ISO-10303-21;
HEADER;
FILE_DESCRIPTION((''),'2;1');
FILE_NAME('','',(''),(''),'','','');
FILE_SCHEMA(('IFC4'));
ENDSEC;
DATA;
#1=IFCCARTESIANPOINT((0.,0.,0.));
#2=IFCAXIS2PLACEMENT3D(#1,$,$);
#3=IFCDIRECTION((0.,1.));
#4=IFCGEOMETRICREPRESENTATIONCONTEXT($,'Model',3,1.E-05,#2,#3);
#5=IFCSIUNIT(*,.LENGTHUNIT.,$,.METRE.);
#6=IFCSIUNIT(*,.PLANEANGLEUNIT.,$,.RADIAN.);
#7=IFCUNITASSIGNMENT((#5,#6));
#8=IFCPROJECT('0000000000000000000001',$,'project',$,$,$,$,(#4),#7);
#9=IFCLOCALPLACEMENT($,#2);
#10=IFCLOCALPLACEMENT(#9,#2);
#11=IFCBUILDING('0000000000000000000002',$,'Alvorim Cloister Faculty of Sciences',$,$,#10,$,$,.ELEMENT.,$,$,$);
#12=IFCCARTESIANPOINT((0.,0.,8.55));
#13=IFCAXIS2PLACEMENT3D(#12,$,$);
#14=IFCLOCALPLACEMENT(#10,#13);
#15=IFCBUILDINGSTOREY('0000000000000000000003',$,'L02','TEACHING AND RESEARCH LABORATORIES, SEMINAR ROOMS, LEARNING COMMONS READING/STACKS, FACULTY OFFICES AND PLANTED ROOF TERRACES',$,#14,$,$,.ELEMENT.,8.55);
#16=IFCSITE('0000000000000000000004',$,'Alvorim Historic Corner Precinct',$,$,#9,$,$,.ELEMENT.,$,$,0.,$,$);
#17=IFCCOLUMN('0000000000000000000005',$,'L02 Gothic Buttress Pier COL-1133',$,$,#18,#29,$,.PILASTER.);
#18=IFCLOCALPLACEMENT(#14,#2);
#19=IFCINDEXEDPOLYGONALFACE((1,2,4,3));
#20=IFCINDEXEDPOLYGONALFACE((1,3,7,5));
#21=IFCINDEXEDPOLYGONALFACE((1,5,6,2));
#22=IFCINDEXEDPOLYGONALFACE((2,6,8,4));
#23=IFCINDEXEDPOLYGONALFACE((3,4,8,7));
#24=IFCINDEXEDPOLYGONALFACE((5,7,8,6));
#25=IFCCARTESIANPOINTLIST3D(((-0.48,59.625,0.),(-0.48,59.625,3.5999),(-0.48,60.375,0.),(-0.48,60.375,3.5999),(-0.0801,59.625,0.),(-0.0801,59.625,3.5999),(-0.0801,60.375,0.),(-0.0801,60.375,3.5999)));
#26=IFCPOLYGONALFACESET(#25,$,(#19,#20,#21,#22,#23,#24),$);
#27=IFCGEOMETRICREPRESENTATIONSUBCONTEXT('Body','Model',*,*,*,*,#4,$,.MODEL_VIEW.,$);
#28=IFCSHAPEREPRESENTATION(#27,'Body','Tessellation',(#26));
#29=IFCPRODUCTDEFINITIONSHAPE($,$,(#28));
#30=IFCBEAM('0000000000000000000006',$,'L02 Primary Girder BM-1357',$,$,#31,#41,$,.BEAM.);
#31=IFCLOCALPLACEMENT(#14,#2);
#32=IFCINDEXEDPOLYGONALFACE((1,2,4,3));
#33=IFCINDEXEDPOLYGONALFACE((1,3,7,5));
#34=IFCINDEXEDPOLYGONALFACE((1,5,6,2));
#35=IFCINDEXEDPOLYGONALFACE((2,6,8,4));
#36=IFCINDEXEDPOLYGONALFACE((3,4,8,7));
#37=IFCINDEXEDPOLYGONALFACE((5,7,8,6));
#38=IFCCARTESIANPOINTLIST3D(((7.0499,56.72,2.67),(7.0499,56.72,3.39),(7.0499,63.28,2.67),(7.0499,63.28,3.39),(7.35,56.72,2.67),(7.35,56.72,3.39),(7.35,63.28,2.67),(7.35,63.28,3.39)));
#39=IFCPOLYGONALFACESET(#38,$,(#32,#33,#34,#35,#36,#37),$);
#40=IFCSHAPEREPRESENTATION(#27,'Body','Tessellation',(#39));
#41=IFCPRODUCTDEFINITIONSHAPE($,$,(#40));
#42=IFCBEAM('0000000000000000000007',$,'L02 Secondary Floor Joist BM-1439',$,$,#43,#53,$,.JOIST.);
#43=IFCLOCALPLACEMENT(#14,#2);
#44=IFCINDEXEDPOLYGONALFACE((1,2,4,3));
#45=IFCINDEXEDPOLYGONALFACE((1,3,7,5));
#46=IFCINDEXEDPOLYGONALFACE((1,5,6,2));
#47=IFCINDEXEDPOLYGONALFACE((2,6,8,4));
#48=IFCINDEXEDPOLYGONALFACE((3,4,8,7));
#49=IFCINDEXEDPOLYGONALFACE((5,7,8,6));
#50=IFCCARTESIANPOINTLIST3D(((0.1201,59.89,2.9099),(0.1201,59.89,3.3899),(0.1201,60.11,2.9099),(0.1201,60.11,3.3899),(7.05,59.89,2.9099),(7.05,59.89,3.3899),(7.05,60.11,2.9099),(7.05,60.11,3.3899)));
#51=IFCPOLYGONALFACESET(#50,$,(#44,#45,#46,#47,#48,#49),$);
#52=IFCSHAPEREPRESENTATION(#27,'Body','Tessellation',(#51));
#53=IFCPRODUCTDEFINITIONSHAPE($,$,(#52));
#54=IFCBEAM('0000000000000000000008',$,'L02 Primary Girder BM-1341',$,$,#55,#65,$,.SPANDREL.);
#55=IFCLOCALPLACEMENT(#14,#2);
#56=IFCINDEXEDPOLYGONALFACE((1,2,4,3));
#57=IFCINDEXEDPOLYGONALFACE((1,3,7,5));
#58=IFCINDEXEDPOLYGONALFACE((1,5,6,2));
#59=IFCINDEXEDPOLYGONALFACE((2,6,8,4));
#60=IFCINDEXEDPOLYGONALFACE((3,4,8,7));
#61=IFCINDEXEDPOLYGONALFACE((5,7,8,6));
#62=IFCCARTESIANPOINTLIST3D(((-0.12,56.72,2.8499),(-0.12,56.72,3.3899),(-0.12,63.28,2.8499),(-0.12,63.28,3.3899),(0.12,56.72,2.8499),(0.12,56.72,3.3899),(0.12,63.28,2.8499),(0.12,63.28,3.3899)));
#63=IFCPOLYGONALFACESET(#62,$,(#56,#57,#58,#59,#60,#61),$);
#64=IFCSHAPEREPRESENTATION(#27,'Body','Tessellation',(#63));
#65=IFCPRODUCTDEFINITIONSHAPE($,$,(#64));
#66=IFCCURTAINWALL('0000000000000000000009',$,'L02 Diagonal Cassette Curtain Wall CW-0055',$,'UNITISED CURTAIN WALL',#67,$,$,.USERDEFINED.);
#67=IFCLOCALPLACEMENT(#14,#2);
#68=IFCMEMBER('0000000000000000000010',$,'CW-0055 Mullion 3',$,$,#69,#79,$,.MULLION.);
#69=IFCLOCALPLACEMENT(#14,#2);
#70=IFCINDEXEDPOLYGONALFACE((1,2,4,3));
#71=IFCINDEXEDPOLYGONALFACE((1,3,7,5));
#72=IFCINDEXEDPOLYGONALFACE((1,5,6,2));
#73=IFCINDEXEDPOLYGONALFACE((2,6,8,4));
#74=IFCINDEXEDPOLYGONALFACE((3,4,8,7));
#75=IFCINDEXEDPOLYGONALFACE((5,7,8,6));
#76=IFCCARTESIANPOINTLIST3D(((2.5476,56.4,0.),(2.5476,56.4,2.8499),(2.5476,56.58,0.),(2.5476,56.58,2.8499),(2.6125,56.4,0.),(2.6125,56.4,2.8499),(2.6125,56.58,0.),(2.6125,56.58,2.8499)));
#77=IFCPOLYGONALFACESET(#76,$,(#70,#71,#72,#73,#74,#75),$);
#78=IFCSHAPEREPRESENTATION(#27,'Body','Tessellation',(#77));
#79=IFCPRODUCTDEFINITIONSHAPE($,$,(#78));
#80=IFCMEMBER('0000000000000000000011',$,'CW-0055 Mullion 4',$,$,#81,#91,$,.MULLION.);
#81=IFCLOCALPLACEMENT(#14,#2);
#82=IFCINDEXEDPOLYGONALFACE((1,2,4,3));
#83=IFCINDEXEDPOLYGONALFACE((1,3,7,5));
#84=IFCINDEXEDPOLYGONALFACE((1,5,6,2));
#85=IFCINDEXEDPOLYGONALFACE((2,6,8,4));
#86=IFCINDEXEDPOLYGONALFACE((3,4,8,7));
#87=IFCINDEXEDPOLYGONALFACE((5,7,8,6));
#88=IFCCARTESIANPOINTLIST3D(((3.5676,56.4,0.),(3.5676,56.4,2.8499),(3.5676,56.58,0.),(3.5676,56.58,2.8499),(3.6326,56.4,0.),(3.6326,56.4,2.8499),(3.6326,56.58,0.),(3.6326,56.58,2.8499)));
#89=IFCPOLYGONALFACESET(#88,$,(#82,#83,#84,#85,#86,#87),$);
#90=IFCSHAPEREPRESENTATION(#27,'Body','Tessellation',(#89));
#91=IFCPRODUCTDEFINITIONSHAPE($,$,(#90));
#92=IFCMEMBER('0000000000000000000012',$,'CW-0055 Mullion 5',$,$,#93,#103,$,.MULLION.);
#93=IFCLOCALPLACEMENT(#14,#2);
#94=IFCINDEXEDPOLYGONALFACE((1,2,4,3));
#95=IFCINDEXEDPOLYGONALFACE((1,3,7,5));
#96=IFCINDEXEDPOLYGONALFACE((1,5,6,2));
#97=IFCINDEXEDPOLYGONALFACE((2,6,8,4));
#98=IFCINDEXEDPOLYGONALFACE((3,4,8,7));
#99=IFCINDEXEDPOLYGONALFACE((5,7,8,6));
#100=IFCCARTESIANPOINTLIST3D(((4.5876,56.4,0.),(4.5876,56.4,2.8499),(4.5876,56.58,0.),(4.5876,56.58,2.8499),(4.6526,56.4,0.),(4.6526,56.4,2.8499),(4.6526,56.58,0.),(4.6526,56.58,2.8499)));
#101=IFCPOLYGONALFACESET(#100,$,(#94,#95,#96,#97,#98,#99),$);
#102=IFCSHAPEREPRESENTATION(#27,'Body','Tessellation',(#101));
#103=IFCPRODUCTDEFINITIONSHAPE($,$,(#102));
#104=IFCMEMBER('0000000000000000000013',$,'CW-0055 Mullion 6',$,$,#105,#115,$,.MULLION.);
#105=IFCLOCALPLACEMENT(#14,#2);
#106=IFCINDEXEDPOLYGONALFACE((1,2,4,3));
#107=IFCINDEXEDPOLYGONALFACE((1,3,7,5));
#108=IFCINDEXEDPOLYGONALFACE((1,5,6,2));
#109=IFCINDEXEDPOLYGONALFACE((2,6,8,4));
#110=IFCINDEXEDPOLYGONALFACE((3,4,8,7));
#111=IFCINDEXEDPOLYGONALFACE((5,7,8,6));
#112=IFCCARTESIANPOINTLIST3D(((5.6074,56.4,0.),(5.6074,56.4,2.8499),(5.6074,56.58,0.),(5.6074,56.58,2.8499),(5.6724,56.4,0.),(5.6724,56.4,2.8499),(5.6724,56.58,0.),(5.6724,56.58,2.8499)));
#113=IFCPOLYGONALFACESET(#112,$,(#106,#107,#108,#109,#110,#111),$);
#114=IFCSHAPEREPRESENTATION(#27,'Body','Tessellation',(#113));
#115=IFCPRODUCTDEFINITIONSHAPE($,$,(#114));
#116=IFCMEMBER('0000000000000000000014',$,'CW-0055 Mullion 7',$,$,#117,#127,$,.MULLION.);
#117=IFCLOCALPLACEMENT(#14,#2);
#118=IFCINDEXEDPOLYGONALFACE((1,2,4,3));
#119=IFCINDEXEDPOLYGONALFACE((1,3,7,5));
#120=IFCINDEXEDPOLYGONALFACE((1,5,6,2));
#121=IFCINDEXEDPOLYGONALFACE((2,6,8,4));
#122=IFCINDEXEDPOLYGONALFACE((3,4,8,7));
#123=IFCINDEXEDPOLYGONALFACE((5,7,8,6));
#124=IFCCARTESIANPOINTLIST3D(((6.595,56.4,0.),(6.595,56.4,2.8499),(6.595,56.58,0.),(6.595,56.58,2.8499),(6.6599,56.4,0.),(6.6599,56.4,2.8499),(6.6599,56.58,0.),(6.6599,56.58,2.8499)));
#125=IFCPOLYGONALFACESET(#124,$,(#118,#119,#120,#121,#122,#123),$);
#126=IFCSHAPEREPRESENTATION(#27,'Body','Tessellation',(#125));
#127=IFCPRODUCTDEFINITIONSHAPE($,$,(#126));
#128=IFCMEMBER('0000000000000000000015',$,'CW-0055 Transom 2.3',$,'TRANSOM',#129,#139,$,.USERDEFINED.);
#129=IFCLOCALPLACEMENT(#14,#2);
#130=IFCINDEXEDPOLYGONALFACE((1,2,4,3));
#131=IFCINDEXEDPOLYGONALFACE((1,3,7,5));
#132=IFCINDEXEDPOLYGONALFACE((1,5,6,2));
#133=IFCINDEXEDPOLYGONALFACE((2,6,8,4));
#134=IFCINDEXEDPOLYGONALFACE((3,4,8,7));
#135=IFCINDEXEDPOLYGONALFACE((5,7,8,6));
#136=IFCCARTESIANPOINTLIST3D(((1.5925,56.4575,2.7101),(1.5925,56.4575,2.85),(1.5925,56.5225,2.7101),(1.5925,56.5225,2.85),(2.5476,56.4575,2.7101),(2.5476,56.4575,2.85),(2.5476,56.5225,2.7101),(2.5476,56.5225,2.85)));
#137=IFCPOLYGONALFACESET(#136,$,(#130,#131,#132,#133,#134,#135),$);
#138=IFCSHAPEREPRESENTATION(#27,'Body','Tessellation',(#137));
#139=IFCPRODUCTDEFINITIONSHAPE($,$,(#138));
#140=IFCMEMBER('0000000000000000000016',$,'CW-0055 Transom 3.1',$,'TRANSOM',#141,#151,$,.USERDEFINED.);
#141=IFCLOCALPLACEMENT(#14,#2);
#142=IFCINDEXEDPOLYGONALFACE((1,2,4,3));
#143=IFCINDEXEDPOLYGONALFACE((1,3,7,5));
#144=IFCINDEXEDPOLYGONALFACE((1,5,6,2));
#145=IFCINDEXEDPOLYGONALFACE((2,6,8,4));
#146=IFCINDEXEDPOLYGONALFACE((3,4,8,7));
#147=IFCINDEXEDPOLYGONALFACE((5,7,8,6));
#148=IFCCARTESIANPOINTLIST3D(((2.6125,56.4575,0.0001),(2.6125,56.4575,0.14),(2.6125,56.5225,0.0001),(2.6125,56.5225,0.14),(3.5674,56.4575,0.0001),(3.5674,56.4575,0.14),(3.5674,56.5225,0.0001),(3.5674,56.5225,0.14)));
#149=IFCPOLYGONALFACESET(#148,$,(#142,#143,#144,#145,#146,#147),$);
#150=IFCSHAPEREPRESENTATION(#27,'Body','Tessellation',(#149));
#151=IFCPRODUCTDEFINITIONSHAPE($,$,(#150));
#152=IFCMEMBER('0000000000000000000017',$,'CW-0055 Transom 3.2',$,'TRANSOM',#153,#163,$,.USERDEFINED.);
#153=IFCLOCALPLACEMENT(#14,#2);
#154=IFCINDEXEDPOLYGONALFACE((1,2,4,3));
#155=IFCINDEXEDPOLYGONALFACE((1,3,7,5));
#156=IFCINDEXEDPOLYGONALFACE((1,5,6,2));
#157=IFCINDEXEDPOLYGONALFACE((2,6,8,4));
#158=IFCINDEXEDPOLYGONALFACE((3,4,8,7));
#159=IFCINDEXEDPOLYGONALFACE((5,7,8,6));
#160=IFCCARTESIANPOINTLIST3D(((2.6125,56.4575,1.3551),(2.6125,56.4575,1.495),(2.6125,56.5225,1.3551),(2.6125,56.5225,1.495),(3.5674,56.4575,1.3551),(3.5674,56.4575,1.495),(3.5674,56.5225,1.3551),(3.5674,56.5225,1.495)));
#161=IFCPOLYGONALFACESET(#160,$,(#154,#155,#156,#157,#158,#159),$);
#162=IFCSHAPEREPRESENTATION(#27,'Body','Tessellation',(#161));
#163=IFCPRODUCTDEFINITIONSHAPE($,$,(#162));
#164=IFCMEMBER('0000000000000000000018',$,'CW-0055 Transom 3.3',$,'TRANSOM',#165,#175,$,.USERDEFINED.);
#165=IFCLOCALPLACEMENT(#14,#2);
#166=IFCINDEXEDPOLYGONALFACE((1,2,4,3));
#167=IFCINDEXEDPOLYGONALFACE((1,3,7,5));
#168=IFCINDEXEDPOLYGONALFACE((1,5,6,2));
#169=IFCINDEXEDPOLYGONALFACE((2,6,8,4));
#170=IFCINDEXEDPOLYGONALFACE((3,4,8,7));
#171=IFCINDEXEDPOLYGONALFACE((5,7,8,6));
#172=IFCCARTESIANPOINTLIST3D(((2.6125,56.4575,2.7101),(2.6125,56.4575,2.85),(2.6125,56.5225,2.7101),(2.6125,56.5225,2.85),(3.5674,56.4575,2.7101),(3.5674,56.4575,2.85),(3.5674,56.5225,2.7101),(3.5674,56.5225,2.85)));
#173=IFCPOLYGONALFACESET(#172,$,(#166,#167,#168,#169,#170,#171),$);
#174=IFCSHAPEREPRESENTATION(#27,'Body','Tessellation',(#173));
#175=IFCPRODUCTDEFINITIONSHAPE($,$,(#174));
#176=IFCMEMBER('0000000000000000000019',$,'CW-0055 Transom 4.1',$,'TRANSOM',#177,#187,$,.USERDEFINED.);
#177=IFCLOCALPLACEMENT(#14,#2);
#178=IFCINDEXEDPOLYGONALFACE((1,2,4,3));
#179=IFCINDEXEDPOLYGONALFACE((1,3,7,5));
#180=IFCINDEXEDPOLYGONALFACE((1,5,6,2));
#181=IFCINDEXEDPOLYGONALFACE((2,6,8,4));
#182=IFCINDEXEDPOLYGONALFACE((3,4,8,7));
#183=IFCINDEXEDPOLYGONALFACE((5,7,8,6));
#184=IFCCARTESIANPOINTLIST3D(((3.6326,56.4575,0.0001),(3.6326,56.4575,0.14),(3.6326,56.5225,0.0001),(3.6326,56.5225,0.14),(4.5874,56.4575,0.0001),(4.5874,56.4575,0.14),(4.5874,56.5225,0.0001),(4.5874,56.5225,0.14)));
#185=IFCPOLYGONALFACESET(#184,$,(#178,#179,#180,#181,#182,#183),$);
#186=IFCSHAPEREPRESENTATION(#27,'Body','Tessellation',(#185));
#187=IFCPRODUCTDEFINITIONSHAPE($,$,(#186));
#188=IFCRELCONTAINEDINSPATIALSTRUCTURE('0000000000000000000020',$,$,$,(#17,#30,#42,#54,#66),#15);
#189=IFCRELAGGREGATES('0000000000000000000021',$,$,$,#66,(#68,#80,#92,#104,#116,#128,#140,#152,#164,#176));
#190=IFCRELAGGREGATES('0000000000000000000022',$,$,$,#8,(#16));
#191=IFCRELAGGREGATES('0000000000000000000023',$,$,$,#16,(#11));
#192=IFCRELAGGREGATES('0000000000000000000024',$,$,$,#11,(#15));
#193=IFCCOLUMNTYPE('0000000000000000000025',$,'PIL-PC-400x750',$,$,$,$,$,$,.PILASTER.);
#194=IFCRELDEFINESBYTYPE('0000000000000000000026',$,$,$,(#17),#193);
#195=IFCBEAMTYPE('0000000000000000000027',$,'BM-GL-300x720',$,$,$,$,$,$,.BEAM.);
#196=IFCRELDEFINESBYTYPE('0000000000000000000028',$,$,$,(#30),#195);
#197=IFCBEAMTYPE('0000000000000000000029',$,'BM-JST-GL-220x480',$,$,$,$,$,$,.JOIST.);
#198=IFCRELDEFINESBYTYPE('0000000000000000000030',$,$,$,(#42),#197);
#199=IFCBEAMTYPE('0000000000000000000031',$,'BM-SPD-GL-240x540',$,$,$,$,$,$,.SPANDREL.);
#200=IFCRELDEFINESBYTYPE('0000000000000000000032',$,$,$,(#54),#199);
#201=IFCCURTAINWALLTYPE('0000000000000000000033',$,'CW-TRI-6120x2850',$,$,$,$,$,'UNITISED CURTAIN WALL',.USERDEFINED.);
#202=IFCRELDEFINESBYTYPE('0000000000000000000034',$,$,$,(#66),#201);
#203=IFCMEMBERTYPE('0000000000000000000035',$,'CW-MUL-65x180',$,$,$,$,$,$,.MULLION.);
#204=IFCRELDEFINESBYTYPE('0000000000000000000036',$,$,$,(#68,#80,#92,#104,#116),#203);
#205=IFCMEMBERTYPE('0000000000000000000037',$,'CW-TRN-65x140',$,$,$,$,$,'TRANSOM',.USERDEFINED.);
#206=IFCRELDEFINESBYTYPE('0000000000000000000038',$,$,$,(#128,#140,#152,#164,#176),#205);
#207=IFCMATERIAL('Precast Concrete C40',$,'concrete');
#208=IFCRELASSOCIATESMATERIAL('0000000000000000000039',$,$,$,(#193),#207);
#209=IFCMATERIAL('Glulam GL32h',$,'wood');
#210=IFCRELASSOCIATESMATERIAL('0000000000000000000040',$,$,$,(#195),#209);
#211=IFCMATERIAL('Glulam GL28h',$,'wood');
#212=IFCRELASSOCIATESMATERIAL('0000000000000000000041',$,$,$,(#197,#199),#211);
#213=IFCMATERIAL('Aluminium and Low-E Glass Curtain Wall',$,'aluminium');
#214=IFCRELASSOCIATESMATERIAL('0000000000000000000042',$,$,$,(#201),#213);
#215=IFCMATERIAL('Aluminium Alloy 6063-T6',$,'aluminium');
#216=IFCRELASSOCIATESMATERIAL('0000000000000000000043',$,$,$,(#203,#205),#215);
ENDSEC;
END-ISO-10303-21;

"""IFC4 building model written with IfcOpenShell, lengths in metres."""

from ifc_helpers import new_model, si_unit, direction, frame, origin, origin_2d, place, context, subcontext, project, spatial, rectangle, extrude, material, material_profile, profile_set, type_object, element, aggregate, save


model = new_model("IFC4")

# Units and contexts
model_context = context("Model", 3, precision=1e-05, world=origin(), true_north=direction((0.0, 1.0)))
body_context = subcontext(model_context, "Body", "Model", "MODEL_VIEW")
ifc_project = project(units=[si_unit("LENGTHUNIT", "METRE"), si_unit("PLANEANGLEUNIT", "RADIAN")], contexts=[model_context])

# Site, building, storey
site_placement = place(None, origin())
site = spatial("IfcSite", under=ifc_project, at=site_placement, Name="Alvorim Historic Corner Precinct", CompositionType="ELEMENT", RefElevation=0.0)
building_placement = place(site_placement, origin())
building = spatial("IfcBuilding", under=site, at=building_placement, Name="Alvorim Cloister Faculty of Sciences", CompositionType="ELEMENT")
storey_placement = place(building_placement, frame((0.0, 0.0, 8.55)))
storey = spatial("IfcBuildingStorey", under=building, at=storey_placement, Name="L02", Description="TEACHING AND RESEARCH LABORATORIES, SEMINAR ROOMS, LEARNING COMMONS READING/STACKS, FACULTY OFFICES AND PLANTED ROOF TERRACES", CompositionType="ELEMENT", Elevation=8.55)

# Column
ifc_material_1 = material(Name="Precast Concrete C40", Category="concrete")
ifc_material_profile_1 = material_profile(ifc_material_1, rectangle(XDim=0.3999, YDim=0.75, at=origin_2d()), Name="RC40-PIL-400x750")
ifc_profile_set_1 = profile_set([ifc_material_profile_1], Name="Precast Concrete C40")
column_type = type_object("IfcColumnType", Name="PIL-PC-400x750", PredefinedType="PILASTER", material=ifc_profile_set_1)
column_placement = place(storey_placement, frame((-0.28, 60.0, 0.0), z_axis=(0.0, 0.0, 1.0), x_axis=(1.0, 0.0, 0.0)))
element("IfcColumn", 1, at=column_placement, inside=storey, type_object=column_type, Name="L02 Gothic Buttress Pier COL-1133", PredefinedType="PILASTER", context=body_context, shape_type="SweptSolid", body=[
    extrude(rectangle(XDim=0.3999, YDim=0.75, at=origin_2d()), origin(), (0.0, 0.0, 1.0), 3.5999),
])

# Beams
ifc_material_2 = material(Name="Glulam GL32h", Category="wood")
ifc_material_profile_2 = material_profile(ifc_material_2, rectangle(XDim=0.3, YDim=0.72, at=origin_2d()), Name="GL32-BM-300x720")
ifc_profile_set_2 = profile_set([ifc_material_profile_2], Name="Glulam GL32h")
beam_type_1 = type_object("IfcBeamType", Name="BM-GL-300x720", PredefinedType="BEAM", material=ifc_profile_set_2)
beam_1_placement = place(storey_placement, frame((7.2, 56.72, 3.03), z_axis=(0.0, 1.0, 0.0), x_axis=(-1.0, 0.0, 0.0)))
element("IfcBeam", 2, at=beam_1_placement, inside=storey, type_object=beam_type_1, Name="L02 Primary Girder BM-1357", PredefinedType="BEAM", context=body_context, shape_type="SweptSolid", body=[
    extrude(rectangle(XDim=0.3, YDim=0.72, at=origin_2d()), origin(), (0.0, 0.0, 1.0), 6.5601),
])
ifc_material_3 = material(Name="Glulam GL28h", Category="wood")
ifc_material_profile_3 = material_profile(ifc_material_3, rectangle(XDim=0.22, YDim=0.48, at=origin_2d()), Name="GL28-JST-220x480")
ifc_profile_set_3 = profile_set([ifc_material_profile_3], Name="Glulam GL28h")
beam_type_2 = type_object("IfcBeamType", Name="BM-JST-GL-220x480", PredefinedType="JOIST", material=ifc_profile_set_3)
beam_2_placement = place(storey_placement, frame((0.1201, 60.0, 3.1499), z_axis=(1.0, 0.0, 0.0), x_axis=(0.0, 1.0, 0.0)))
element("IfcBeam", 3, at=beam_2_placement, inside=storey, type_object=beam_type_2, Name="L02 Secondary Floor Joist BM-1439", PredefinedType="JOIST", context=body_context, shape_type="SweptSolid", body=[
    extrude(rectangle(XDim=0.22, YDim=0.48, at=origin_2d()), origin(), (0.0, 0.0, 1.0), 6.9299),
])
ifc_material_profile_4 = material_profile(ifc_material_3, rectangle(XDim=0.24, YDim=0.54, at=origin_2d()), Name="GL28-SPD-240x540")
ifc_profile_set_4 = profile_set([ifc_material_profile_4], Name="Glulam GL28h")
beam_type_3 = type_object("IfcBeamType", Name="BM-SPD-GL-240x540", PredefinedType="SPANDREL", material=ifc_profile_set_4)
beam_3_placement = place(storey_placement, frame((0.0, 56.72, 3.1199), z_axis=(0.0, 1.0, 0.0), x_axis=(-1.0, 0.0, 0.0)))
element("IfcBeam", 4, at=beam_3_placement, inside=storey, type_object=beam_type_3, Name="L02 Primary Girder BM-1341", PredefinedType="SPANDREL", context=body_context, shape_type="SweptSolid", body=[
    extrude(rectangle(XDim=0.24, YDim=0.54, at=origin_2d()), origin(), (0.0, 0.0, 1.0), 6.5601),
])

# Curtain wall, members
ifc_material_4 = material(Name="Aluminium and Low-E Glass Curtain Wall", Category="aluminium")
curtain_wall_type = type_object("IfcCurtainWallType", Name="CW-TRI-6120x2850", ElementType="UNITISED CURTAIN WALL", PredefinedType="USERDEFINED", material=ifc_material_4)
curtain_wall_placement = place(storey_placement, origin())
curtain_wall = element("IfcCurtainWall", 5, at=curtain_wall_placement, inside=storey, type_object=curtain_wall_type, Name="L02 Diagonal Cassette Curtain Wall CW-0055", ObjectType="UNITISED CURTAIN WALL", PredefinedType="USERDEFINED")
ifc_material_5 = material(Name="Aluminium Alloy 6063-T6", Category="aluminium")
ifc_material_profile_5 = material_profile(ifc_material_5, rectangle(XDim=0.0649, YDim=0.1799, at=origin_2d()), Name="ALU-MUL-65x180")
ifc_profile_set_5 = profile_set([ifc_material_profile_5], Name="Aluminium Alloy 6063-T6")
member_type_1 = type_object("IfcMemberType", Name="CW-MUL-65x180", PredefinedType="MULLION", material=ifc_profile_set_5)
member_1_placement = place(storey_placement, frame((2.5801, 56.49, 0.0), z_axis=(0.0, 0.0, 1.0), x_axis=(1.0, 0.0, 0.0)))
member_1 = element("IfcMember", 6, at=member_1_placement, type_object=member_type_1, Name="CW-0055 Mullion 3", PredefinedType="MULLION", context=body_context, shape_type="SweptSolid", body=[
    extrude(rectangle(XDim=0.0649, YDim=0.1799, at=origin_2d()), origin(), (0.0, 0.0, 1.0), 2.8499),
])
member_2_placement = place(storey_placement, frame((3.6001, 56.49, 0.0), z_axis=(0.0, 0.0, 1.0), x_axis=(1.0, 0.0, 0.0)))
member_2 = element("IfcMember", 7, at=member_2_placement, type_object=member_type_1, Name="CW-0055 Mullion 4", PredefinedType="MULLION", context=body_context, shape_type="SweptSolid", body=[
    extrude(rectangle(XDim=0.0649, YDim=0.1799, at=origin_2d()), origin(), (0.0, 0.0, 1.0), 2.8499),
])
member_3_placement = place(storey_placement, frame((4.6201, 56.49, 0.0), z_axis=(0.0, 0.0, 1.0), x_axis=(1.0, 0.0, 0.0)))
member_3 = element("IfcMember", 8, at=member_3_placement, type_object=member_type_1, Name="CW-0055 Mullion 5", PredefinedType="MULLION", context=body_context, shape_type="SweptSolid", body=[
    extrude(rectangle(XDim=0.0649, YDim=0.1799, at=origin_2d()), origin(), (0.0, 0.0, 1.0), 2.8499),
])
member_4_placement = place(storey_placement, frame((5.6399, 56.49, 0.0), z_axis=(0.0, 0.0, 1.0), x_axis=(1.0, 0.0, 0.0)))
member_4 = element("IfcMember", 9, at=member_4_placement, type_object=member_type_1, Name="CW-0055 Mullion 6", PredefinedType="MULLION", context=body_context, shape_type="SweptSolid", body=[
    extrude(rectangle(XDim=0.0649, YDim=0.1799, at=origin_2d()), origin(), (0.0, 0.0, 1.0), 2.8499),
])
member_5_placement = place(storey_placement, frame((6.6274, 56.49, 0.0), z_axis=(0.0, 0.0, 1.0), x_axis=(1.0, 0.0, 0.0)))
member_5 = element("IfcMember", 10, at=member_5_placement, type_object=member_type_1, Name="CW-0055 Mullion 7", PredefinedType="MULLION", context=body_context, shape_type="SweptSolid", body=[
    extrude(rectangle(XDim=0.0649, YDim=0.1799, at=origin_2d()), origin(), (0.0, 0.0, 1.0), 2.8499),
])
ifc_material_profile_6 = material_profile(ifc_material_5, rectangle(XDim=0.0649, YDim=0.1399, at=origin_2d()), Name="ALU-TRN-65x140")
ifc_profile_set_6 = profile_set([ifc_material_profile_6], Name="Aluminium Alloy 6063-T6")
member_type_2 = type_object("IfcMemberType", Name="CW-TRN-65x140", ElementType="TRANSOM", PredefinedType="USERDEFINED", material=ifc_profile_set_6)
member_6_placement = place(storey_placement, frame((1.5925, 56.49, 2.78), z_axis=(1.0, 0.0, 0.0), x_axis=(0.0, 1.0, 0.0)))
member_6 = element("IfcMember", 11, at=member_6_placement, type_object=member_type_2, Name="CW-0055 Transom 2.3", ObjectType="TRANSOM", PredefinedType="USERDEFINED", context=body_context, shape_type="SweptSolid", body=[
    extrude(rectangle(XDim=0.0649, YDim=0.1399, at=origin_2d()), origin(), (0.0, 0.0, 1.0), 0.9551),
])
member_7_placement = place(storey_placement, frame((2.6125, 56.49, 0.0701), z_axis=(1.0, 0.0, 0.0), x_axis=(0.0, 1.0, 0.0)))
member_7 = element("IfcMember", 12, at=member_7_placement, type_object=member_type_2, Name="CW-0055 Transom 3.1", ObjectType="TRANSOM", PredefinedType="USERDEFINED", context=body_context, shape_type="SweptSolid", body=[
    extrude(rectangle(XDim=0.0649, YDim=0.1399, at=origin_2d()), origin(), (0.0, 0.0, 1.0), 0.9548),
])
member_8_placement = place(storey_placement, frame((2.6125, 56.49, 1.425), z_axis=(1.0, 0.0, 0.0), x_axis=(0.0, 1.0, 0.0)))
member_8 = element("IfcMember", 13, at=member_8_placement, type_object=member_type_2, Name="CW-0055 Transom 3.2", ObjectType="TRANSOM", PredefinedType="USERDEFINED", context=body_context, shape_type="SweptSolid", body=[
    extrude(rectangle(XDim=0.0649, YDim=0.1399, at=origin_2d()), origin(), (0.0, 0.0, 1.0), 0.9548),
])
member_9_placement = place(storey_placement, frame((2.6125, 56.49, 2.78), z_axis=(1.0, 0.0, 0.0), x_axis=(0.0, 1.0, 0.0)))
member_9 = element("IfcMember", 14, at=member_9_placement, type_object=member_type_2, Name="CW-0055 Transom 3.3", ObjectType="TRANSOM", PredefinedType="USERDEFINED", context=body_context, shape_type="SweptSolid", body=[
    extrude(rectangle(XDim=0.0649, YDim=0.1399, at=origin_2d()), origin(), (0.0, 0.0, 1.0), 0.9548),
])
member_10_placement = place(storey_placement, frame((3.6326, 56.49, 0.0701), z_axis=(1.0, 0.0, 0.0), x_axis=(0.0, 1.0, 0.0)))
member_10 = element("IfcMember", 15, at=member_10_placement, type_object=member_type_2, Name="CW-0055 Transom 4.1", ObjectType="TRANSOM", PredefinedType="USERDEFINED", context=body_context, shape_type="SweptSolid", body=[
    extrude(rectangle(XDim=0.0649, YDim=0.1399, at=origin_2d()), origin(), (0.0, 0.0, 1.0), 0.9548),
])
aggregate(curtain_wall, [member_1, member_2, member_3, member_4, member_5, member_6, member_7, member_8, member_9, member_10])

save(model, "model.ifc")
